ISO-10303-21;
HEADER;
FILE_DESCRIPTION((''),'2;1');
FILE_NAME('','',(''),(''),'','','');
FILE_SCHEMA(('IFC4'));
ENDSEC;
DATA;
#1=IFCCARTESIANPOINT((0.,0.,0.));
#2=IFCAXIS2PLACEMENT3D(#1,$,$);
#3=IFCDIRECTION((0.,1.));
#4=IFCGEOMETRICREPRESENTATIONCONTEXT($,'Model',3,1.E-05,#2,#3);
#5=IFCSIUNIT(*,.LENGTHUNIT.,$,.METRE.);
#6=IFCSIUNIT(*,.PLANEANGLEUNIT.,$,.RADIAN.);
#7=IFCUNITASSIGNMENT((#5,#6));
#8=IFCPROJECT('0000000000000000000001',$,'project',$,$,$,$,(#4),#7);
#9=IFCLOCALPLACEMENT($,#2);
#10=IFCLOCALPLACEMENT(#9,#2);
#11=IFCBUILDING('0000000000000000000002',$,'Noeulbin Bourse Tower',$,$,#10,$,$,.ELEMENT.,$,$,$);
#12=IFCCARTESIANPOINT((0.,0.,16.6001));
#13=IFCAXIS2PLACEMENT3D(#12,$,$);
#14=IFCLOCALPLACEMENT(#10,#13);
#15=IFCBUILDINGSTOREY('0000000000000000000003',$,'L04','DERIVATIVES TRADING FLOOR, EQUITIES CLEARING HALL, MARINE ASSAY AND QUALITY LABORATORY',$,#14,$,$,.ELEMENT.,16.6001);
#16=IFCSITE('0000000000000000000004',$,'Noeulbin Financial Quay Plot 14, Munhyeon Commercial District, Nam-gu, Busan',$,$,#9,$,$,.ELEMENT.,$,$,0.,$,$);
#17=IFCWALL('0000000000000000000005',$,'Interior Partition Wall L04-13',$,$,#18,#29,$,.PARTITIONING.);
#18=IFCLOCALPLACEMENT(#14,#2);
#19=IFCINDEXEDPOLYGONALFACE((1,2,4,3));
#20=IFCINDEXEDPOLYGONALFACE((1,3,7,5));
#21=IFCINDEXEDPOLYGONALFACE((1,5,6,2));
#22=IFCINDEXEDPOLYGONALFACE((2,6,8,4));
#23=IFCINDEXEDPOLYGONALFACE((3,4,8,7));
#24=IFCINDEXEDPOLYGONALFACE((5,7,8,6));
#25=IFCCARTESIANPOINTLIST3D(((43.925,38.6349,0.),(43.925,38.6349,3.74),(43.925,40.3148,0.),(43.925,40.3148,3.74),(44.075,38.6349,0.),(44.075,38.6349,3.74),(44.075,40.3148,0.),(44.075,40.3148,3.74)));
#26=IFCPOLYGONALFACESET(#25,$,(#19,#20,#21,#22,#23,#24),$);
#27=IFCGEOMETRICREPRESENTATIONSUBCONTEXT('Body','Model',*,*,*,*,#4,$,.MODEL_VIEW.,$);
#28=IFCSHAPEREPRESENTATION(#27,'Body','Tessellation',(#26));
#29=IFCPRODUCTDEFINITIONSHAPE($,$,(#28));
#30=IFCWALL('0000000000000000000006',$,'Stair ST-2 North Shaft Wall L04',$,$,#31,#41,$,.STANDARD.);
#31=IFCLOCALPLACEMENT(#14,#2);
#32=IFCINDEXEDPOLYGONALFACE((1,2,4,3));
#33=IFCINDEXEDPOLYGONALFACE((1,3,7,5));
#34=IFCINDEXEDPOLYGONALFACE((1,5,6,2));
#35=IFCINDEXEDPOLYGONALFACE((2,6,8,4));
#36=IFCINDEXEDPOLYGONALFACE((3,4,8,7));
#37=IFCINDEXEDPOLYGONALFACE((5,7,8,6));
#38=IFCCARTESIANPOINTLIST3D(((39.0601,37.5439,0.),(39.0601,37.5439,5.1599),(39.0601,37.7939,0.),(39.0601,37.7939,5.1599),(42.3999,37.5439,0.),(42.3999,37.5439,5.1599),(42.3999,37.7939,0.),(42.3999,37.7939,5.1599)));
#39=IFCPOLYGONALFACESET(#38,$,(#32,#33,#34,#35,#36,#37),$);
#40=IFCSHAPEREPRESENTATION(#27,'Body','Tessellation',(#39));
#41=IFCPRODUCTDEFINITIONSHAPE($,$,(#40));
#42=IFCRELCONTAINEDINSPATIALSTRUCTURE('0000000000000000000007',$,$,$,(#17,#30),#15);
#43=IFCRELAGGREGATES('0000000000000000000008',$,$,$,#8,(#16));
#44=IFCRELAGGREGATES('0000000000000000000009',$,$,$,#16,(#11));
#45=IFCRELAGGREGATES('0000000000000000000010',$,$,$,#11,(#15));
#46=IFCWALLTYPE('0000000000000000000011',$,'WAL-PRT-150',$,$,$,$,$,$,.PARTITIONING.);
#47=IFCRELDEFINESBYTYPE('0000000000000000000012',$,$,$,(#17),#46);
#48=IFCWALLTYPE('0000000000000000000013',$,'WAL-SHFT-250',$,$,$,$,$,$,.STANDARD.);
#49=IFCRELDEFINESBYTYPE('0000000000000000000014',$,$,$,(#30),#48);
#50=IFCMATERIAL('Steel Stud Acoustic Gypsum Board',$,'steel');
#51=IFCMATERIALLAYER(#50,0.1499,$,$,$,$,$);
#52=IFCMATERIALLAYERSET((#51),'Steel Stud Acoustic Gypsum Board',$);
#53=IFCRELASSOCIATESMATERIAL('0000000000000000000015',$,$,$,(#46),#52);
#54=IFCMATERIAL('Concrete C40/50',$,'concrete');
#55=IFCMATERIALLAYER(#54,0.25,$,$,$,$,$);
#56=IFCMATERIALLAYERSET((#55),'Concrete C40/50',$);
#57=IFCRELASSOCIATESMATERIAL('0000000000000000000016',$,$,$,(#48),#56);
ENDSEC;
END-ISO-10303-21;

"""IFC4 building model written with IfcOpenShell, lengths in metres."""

from ifc_helpers import new_model, si_unit, direction, frame, frame_2d, origin, place, context, subcontext, project, spatial, rectangle, extrude, material, layer, layer_set, type_object, element, save


model = new_model("IFC4")

# Units and contexts
model_context = context("Model", 3, precision=1e-05, world=origin(), true_north=direction((0.0, 1.0)))
body_context = subcontext(model_context, "Body", "Model", "MODEL_VIEW")
ifc_project = project(units=[si_unit("LENGTHUNIT", "METRE"), si_unit("PLANEANGLEUNIT", "RADIAN")], contexts=[model_context])

# Site, building, storey
site_placement = place(None, origin())
site = spatial("IfcSite", under=ifc_project, at=site_placement, Name="Noeulbin Financial Quay Plot 14, Munhyeon Commercial District, Nam-gu, Busan", CompositionType="ELEMENT", RefElevation=0.0)
building_placement = place(site_placement, origin())
building = spatial("IfcBuilding", under=site, at=building_placement, Name="Noeulbin Bourse Tower", CompositionType="ELEMENT")
storey_placement = place(building_placement, frame((0.0, 0.0, 16.6001)))
storey = spatial("IfcBuildingStorey", under=building, at=storey_placement, Name="L04", Description="DERIVATIVES TRADING FLOOR, EQUITIES CLEARING HALL, MARINE ASSAY AND QUALITY LABORATORY", CompositionType="ELEMENT", Elevation=16.6001)

# Shared definitions
ifc_material_1 = material(Name="Concrete C40/50", Category="concrete")

# Walls
ifc_material_2 = material(Name="Steel Stud Acoustic Gypsum Board", Category="steel")
ifc_layer_1 = layer(ifc_material_2, 0.1499)
ifc_layer_set_1 = layer_set([ifc_layer_1], Name="Steel Stud Acoustic Gypsum Board")
wall_type_1 = type_object("IfcWallType", Name="WAL-PRT-150", PredefinedType="PARTITIONING", material=ifc_layer_set_1)
wall_1_placement = place(storey_placement, frame((44.0, 38.635, 0.0), z_axis=(0.0, 0.0, 1.0), x_axis=(0.0, 1.0, 0.0)))
element("IfcWall", 1, at=wall_1_placement, inside=storey, type_object=wall_type_1, Name="Interior Partition Wall L04-13", PredefinedType="PARTITIONING", context=body_context, shape_type="SweptSolid", body=[
    extrude(rectangle(XDim=1.6799, YDim=0.1499, at=frame_2d((0.8398, 0.0))), origin(), (0.0, 0.0, 1.0), 3.74),
])
ifc_layer_2 = layer(ifc_material_1, 0.25)
ifc_layer_set_2 = layer_set([ifc_layer_2], Name="Concrete C40/50")
wall_type_2 = type_object("IfcWallType", Name="WAL-SHFT-250", PredefinedType="STANDARD", material=ifc_layer_set_2)
wall_2_placement = place(storey_placement, frame((39.0601, 37.6689, 0.0), z_axis=(0.0, 0.0, 1.0), x_axis=(1.0, 0.0, 0.0)))
element("IfcWall", 2, at=wall_2_placement, inside=storey, type_object=wall_type_2, Name="Stair ST-2 North Shaft Wall L04", PredefinedType="STANDARD", context=body_context, shape_type="SweptSolid", body=[
    extrude(rectangle(XDim=3.3398, YDim=0.25, at=frame_2d((1.6699, 0.0))), origin(), (0.0, 0.0, 1.0), 5.1599),
])

save(model, "model.ifc")
